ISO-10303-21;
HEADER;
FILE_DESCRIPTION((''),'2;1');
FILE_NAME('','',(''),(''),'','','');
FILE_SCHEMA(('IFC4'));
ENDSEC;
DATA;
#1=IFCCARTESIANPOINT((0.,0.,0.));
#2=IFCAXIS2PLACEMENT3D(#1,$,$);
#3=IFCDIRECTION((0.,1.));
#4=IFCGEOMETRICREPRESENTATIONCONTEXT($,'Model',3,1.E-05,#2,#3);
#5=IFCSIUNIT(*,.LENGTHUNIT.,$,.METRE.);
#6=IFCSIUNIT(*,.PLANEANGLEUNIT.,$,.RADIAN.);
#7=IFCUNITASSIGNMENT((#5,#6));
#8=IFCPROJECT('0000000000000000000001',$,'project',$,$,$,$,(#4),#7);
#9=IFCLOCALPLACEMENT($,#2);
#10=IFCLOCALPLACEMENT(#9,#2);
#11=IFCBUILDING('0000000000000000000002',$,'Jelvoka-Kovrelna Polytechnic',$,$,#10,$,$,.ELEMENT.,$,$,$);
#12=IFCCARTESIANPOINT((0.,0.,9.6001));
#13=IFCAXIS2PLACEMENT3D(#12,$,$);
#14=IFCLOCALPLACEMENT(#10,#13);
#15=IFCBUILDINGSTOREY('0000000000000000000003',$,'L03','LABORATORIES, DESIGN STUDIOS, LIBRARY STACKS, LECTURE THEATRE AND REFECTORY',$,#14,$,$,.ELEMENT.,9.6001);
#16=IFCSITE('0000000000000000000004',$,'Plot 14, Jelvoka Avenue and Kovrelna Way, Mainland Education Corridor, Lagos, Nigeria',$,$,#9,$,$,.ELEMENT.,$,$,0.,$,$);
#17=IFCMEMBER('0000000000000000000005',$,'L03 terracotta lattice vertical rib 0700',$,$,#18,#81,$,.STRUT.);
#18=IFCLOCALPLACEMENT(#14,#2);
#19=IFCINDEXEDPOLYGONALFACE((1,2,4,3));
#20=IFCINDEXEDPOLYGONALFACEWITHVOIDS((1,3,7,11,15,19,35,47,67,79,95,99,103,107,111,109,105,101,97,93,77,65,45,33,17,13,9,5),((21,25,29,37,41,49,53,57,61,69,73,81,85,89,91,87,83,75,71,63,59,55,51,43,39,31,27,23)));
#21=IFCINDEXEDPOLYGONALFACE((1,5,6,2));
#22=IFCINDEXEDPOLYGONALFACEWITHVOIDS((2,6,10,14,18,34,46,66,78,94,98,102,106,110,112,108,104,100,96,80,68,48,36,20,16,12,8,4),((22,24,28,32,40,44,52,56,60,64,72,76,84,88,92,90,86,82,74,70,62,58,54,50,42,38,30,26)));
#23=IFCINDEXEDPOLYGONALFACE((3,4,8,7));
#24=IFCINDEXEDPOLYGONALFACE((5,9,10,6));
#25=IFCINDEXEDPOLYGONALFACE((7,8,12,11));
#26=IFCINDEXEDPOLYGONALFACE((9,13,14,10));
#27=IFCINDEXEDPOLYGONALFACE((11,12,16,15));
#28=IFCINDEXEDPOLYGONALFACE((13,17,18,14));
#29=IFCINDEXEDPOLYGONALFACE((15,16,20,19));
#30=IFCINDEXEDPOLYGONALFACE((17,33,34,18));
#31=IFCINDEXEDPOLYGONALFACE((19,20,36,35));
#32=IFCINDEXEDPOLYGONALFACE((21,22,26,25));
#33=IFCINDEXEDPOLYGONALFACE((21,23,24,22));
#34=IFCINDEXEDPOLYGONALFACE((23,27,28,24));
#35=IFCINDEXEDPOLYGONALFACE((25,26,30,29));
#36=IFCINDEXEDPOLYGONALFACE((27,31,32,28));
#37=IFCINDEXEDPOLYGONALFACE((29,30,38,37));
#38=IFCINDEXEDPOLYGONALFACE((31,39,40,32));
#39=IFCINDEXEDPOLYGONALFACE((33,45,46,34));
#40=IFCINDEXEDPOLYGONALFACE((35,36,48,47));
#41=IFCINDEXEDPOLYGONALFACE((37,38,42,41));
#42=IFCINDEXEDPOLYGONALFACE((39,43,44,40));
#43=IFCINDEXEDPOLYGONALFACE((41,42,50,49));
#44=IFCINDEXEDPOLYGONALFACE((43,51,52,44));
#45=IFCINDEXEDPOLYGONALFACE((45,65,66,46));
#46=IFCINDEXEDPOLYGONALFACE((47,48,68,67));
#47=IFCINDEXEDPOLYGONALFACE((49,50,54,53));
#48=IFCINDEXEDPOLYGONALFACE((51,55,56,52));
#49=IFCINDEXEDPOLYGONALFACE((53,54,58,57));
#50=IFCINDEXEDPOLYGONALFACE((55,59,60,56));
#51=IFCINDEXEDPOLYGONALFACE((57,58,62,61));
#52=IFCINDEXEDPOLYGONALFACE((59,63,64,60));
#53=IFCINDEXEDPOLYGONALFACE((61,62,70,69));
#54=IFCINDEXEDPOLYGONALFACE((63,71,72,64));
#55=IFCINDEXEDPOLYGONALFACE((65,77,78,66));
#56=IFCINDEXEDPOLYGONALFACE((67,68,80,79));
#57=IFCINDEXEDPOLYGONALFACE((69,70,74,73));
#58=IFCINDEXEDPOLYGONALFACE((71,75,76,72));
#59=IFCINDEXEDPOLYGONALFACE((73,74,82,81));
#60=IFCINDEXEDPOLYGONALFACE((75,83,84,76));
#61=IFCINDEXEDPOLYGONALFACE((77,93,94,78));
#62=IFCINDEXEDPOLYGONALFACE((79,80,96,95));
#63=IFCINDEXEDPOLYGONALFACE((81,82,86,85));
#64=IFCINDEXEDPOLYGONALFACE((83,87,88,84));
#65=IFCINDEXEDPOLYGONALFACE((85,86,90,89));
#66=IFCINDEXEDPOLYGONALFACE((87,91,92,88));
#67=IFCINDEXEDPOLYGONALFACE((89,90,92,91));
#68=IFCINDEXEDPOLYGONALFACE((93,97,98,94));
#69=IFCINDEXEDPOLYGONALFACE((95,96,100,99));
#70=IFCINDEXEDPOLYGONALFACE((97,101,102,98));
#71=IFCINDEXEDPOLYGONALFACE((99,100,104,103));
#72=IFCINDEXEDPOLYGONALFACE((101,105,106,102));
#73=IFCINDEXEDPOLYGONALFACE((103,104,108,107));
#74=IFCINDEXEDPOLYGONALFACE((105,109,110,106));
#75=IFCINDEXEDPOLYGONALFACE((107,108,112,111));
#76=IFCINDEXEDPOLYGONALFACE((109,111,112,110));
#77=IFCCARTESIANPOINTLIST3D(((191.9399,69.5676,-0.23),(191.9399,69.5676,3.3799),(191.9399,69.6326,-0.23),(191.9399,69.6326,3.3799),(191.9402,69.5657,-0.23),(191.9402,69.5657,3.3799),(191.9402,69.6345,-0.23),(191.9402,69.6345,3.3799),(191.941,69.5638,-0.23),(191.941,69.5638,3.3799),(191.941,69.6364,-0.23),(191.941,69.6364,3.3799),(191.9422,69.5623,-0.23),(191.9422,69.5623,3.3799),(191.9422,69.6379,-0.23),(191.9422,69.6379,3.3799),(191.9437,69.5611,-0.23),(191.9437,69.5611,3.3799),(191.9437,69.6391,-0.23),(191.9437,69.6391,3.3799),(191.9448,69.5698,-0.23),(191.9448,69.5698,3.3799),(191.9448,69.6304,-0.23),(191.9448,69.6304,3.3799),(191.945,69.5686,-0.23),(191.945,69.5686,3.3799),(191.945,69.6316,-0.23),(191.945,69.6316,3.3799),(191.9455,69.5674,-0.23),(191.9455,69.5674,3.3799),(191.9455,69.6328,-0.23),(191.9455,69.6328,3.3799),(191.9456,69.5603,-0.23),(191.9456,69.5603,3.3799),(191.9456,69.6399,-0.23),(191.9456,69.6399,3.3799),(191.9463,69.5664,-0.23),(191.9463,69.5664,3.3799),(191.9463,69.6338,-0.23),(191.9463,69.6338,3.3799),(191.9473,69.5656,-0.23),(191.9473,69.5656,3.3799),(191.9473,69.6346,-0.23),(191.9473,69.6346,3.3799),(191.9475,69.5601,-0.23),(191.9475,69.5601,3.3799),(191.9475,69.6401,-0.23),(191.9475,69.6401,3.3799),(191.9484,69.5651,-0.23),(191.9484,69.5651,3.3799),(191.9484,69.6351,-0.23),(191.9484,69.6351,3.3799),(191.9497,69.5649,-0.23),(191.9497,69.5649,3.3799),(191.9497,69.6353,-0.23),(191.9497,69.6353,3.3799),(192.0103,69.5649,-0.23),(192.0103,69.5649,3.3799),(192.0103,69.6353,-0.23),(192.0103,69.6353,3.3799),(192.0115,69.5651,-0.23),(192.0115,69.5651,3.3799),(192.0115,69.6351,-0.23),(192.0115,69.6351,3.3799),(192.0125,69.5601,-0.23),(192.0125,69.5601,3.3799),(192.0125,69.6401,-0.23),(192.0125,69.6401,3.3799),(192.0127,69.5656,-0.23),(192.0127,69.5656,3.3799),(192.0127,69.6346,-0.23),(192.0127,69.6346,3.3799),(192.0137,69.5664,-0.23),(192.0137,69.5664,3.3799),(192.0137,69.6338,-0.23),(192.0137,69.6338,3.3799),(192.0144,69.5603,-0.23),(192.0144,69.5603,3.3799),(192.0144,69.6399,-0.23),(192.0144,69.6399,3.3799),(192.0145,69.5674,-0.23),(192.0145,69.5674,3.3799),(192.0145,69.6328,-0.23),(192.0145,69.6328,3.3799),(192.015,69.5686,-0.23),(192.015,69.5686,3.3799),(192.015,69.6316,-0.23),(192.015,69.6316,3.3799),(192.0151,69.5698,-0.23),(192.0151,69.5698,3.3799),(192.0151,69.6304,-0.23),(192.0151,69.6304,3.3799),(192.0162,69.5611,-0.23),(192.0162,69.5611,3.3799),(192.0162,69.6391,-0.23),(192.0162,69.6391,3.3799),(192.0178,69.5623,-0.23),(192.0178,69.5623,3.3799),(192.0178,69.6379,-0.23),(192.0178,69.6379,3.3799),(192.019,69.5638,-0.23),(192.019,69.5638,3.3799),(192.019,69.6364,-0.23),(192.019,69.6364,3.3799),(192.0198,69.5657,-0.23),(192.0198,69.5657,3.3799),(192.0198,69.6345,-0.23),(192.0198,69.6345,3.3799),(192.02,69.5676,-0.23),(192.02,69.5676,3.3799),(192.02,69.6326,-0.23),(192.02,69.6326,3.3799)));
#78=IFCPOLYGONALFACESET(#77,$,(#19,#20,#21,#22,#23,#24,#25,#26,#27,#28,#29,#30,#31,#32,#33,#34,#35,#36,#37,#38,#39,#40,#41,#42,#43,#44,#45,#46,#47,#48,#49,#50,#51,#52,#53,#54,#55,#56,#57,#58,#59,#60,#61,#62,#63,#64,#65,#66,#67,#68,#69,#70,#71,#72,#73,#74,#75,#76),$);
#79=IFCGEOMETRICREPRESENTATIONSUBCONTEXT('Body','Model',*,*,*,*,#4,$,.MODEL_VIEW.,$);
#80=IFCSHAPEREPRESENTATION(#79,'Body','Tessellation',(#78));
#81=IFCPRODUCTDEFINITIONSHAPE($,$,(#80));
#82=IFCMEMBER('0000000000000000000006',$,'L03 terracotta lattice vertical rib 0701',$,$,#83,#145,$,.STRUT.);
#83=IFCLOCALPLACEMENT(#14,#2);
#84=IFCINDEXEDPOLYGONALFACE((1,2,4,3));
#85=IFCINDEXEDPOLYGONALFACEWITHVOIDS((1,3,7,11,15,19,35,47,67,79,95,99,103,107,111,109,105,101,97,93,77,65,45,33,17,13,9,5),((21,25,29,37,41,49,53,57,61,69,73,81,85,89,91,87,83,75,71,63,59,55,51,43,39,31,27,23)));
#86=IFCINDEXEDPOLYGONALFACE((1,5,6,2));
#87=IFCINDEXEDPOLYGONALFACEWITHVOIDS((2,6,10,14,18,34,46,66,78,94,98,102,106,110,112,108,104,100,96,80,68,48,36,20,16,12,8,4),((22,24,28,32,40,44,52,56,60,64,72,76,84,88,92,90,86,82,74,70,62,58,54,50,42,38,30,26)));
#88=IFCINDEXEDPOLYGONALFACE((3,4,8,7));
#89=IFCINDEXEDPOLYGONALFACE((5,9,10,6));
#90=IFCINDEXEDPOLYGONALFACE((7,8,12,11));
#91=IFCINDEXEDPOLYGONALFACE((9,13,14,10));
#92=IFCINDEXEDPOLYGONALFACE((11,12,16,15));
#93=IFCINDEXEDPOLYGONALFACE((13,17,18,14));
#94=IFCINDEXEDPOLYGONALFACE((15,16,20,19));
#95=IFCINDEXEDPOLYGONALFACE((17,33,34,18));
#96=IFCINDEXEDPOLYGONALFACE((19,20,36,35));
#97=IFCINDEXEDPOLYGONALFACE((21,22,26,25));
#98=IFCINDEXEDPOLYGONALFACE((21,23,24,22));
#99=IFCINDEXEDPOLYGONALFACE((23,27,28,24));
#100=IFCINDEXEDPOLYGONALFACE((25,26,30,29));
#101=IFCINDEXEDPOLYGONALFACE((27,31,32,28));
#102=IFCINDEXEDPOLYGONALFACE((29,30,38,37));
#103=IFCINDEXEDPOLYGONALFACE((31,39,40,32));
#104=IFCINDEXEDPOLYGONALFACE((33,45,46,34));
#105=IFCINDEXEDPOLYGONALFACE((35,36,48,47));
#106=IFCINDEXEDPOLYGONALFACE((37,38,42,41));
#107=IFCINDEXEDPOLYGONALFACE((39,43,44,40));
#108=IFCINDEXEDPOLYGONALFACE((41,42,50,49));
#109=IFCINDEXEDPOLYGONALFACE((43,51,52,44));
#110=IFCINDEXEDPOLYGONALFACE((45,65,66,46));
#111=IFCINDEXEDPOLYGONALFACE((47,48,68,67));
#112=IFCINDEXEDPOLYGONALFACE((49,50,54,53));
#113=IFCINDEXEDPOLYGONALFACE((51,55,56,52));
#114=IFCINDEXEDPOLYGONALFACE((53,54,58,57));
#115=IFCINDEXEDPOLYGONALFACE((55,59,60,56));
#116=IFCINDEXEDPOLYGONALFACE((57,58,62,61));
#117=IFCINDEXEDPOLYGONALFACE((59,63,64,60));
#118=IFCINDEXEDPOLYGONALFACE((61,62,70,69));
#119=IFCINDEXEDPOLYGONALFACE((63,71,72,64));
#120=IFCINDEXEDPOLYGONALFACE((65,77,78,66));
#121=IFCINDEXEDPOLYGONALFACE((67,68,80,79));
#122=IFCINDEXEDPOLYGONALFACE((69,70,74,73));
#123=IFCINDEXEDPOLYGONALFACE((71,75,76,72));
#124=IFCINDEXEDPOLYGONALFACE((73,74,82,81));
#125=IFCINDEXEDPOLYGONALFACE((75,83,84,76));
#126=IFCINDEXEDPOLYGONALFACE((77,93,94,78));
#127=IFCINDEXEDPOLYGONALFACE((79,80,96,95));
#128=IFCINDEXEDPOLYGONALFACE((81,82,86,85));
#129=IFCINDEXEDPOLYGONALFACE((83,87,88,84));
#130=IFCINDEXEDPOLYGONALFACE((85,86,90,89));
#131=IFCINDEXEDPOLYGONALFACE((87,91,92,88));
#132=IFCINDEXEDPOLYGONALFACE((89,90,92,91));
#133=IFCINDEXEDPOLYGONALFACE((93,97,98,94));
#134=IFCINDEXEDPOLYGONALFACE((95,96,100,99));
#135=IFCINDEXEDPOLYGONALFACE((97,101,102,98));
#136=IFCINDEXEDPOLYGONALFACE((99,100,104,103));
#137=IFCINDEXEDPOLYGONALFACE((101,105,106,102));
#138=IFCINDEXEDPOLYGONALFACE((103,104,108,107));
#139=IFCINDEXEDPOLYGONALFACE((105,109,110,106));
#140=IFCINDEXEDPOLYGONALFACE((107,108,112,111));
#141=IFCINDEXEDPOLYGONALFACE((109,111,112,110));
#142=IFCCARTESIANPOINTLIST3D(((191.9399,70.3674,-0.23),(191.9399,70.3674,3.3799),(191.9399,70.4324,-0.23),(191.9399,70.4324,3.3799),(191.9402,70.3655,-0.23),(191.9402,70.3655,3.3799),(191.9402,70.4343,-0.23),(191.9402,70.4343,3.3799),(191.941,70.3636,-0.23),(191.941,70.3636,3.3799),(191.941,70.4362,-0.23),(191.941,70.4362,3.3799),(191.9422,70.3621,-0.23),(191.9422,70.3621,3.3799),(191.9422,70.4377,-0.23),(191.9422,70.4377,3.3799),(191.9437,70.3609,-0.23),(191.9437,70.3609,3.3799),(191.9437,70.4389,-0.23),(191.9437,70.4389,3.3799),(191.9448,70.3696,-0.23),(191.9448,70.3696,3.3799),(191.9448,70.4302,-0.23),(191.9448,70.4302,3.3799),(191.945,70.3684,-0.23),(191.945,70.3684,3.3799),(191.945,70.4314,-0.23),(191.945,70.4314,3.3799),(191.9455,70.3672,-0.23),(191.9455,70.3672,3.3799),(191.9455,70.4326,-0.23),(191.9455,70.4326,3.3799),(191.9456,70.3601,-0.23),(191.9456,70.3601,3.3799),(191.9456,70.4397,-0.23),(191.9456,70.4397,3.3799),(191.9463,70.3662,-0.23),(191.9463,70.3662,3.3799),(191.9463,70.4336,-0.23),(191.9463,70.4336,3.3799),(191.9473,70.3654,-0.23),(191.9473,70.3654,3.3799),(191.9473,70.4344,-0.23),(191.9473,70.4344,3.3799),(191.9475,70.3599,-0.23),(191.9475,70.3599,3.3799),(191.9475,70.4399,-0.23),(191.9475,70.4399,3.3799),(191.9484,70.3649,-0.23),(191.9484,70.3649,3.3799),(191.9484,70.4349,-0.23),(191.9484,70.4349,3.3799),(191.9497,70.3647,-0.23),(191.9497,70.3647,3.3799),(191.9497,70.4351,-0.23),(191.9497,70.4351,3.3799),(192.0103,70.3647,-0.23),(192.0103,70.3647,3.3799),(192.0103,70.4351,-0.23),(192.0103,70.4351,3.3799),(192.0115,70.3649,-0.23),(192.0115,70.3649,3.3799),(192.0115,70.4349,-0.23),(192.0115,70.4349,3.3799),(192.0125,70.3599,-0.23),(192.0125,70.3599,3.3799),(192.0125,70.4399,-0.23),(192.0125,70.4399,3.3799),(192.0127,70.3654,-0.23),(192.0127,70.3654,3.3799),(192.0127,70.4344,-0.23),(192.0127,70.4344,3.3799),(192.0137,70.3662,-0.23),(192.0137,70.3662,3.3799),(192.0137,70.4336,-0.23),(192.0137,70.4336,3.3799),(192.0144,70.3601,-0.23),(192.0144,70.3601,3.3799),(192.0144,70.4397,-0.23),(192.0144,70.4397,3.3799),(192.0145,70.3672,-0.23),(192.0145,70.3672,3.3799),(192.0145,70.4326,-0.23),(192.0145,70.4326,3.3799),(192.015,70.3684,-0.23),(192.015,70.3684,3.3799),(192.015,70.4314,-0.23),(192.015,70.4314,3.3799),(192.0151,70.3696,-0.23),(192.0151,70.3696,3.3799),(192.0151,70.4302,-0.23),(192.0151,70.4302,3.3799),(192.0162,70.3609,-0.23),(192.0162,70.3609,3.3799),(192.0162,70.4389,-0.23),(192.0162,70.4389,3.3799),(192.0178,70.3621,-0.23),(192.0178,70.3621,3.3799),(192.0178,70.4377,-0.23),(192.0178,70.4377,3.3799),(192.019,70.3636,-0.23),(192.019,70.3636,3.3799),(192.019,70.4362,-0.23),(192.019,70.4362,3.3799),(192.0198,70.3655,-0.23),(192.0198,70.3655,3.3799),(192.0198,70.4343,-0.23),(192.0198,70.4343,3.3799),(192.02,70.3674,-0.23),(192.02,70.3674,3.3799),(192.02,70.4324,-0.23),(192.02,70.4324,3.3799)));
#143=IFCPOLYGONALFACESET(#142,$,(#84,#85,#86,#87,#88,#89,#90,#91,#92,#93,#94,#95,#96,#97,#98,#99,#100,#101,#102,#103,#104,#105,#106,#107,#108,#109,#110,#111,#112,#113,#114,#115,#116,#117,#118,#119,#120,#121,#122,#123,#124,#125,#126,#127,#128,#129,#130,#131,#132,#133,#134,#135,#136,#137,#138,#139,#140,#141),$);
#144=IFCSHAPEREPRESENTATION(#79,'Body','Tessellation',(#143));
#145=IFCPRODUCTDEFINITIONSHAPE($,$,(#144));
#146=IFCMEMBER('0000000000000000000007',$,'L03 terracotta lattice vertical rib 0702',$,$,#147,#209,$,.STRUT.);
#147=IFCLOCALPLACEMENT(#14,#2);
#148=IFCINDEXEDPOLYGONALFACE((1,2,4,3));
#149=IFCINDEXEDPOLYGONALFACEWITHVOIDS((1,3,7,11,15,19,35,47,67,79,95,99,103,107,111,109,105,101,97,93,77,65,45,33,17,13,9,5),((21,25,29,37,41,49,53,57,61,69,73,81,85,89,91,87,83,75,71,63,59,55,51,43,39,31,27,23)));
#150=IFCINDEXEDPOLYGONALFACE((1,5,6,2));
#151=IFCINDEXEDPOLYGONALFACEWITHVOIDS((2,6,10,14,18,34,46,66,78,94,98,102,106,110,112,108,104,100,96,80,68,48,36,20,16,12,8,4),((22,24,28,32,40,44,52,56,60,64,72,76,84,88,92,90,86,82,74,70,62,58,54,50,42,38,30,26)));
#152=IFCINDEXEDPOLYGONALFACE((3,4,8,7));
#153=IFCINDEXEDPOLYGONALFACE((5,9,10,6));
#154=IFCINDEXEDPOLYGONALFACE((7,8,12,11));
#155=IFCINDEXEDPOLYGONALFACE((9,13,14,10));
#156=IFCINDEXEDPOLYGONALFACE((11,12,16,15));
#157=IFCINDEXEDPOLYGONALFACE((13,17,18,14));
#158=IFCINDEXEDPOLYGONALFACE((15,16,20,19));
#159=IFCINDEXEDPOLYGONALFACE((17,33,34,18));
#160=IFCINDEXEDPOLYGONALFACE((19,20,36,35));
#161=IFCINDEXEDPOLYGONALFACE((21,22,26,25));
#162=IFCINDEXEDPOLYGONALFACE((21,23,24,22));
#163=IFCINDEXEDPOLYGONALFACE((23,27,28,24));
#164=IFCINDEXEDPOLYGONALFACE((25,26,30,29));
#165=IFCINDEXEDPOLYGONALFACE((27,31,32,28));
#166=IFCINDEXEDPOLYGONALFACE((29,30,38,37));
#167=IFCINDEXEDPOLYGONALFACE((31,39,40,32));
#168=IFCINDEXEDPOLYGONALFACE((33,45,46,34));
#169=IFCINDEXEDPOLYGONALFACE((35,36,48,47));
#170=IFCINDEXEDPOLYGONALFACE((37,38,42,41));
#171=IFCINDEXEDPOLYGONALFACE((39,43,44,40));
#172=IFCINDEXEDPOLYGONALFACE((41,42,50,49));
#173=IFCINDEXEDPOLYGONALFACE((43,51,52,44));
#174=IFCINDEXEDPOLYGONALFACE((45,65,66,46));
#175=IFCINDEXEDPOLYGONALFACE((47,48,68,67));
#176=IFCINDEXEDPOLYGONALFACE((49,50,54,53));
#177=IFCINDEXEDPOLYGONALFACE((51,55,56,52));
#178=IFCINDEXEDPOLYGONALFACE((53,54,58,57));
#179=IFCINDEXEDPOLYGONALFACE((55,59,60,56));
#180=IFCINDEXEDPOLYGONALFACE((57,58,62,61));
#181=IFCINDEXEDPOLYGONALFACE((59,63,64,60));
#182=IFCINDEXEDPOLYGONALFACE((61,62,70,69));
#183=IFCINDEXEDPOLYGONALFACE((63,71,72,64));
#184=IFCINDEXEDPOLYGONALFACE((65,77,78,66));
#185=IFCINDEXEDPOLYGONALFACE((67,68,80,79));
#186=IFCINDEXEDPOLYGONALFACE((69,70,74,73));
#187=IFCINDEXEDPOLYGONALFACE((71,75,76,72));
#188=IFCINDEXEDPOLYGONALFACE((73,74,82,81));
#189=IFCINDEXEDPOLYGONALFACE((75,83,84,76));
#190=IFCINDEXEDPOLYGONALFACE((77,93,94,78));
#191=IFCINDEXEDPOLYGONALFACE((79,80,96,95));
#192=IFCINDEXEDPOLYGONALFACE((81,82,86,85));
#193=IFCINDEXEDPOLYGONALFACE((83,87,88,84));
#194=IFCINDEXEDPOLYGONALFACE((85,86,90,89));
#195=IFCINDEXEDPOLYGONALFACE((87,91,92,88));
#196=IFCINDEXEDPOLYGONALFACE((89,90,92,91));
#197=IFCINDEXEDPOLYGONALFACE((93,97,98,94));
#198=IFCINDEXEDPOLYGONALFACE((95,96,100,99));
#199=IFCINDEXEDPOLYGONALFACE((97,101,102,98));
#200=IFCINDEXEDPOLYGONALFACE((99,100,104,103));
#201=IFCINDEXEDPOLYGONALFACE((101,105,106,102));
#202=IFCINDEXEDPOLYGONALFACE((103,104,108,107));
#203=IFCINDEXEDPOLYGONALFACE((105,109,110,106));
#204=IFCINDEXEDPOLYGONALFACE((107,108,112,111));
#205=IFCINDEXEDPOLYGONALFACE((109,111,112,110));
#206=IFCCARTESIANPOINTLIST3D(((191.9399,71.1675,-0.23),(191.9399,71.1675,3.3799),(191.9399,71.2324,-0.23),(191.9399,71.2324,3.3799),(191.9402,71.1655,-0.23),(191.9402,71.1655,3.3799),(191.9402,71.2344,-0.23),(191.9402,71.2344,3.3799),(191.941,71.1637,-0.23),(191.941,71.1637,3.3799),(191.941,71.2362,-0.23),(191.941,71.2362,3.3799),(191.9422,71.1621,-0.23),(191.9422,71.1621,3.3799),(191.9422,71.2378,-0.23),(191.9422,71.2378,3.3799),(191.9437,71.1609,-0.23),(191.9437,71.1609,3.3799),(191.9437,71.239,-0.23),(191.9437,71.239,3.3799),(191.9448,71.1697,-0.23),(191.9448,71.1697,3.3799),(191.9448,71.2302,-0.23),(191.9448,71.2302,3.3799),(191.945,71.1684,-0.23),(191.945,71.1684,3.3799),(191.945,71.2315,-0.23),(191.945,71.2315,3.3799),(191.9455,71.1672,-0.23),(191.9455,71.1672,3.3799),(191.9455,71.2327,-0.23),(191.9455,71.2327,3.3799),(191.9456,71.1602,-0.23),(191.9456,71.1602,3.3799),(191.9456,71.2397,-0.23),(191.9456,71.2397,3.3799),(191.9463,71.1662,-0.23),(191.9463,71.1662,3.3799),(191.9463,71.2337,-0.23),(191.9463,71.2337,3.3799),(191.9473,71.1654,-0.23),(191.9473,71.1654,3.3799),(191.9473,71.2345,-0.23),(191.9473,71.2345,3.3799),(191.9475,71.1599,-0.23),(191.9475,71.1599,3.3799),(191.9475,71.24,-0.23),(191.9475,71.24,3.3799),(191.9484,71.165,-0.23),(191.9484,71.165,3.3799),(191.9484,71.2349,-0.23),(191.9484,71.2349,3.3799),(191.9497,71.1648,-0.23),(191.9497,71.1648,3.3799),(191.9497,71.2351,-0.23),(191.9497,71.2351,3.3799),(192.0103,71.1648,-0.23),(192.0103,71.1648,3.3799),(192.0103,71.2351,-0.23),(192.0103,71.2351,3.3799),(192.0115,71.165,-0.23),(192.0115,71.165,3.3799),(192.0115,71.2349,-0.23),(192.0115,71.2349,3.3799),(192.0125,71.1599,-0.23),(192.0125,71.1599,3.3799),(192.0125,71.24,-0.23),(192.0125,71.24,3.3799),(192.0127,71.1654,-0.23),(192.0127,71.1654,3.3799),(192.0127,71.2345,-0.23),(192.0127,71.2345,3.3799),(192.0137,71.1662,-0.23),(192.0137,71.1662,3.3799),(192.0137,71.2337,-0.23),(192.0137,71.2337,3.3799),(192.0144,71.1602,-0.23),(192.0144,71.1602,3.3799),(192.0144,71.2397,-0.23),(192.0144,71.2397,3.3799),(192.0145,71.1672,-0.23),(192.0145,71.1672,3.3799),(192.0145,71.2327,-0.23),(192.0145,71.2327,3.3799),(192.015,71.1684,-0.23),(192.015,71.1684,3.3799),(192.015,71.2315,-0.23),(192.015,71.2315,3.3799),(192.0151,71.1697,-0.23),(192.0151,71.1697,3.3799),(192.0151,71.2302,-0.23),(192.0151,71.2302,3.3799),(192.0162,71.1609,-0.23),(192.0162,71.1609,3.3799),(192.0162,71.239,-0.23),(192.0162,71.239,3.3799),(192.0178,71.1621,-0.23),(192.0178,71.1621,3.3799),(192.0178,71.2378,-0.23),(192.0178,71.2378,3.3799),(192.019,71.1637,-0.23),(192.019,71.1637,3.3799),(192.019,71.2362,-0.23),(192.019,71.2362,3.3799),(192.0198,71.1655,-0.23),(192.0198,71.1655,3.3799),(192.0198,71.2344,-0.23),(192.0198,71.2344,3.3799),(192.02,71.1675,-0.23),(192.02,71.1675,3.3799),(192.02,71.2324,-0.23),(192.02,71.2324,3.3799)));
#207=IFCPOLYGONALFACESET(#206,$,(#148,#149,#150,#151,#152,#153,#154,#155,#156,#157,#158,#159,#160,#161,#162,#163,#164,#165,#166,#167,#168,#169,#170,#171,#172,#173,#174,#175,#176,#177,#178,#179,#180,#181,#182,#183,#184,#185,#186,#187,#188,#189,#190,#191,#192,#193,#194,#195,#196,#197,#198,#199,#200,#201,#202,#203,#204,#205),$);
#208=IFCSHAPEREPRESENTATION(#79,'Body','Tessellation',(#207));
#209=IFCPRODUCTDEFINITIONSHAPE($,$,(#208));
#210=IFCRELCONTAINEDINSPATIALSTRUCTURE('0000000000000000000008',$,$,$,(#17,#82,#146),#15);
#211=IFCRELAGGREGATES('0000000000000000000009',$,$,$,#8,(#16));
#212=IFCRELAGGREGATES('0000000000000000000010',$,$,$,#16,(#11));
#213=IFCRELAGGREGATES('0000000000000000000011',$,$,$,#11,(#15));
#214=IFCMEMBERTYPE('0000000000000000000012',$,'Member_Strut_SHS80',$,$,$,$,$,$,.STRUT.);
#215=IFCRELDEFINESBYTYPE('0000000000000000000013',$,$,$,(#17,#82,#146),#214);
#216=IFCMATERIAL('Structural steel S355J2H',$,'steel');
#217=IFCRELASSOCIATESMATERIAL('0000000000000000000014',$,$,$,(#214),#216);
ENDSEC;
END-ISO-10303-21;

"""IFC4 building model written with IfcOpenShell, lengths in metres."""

from ifc_helpers import new_model, si_unit, direction, frame, origin, origin_2d, place, context, subcontext, project, spatial, hollow_rectangle, extrude, material, material_profile, profile_set, type_object, element, save


model = new_model("IFC4")

# Units and contexts
model_context = context("Model", 3, precision=1e-05, world=origin(), true_north=direction((0.0, 1.0)))
body_context = subcontext(model_context, "Body", "Model", "MODEL_VIEW")
ifc_project = project(units=[si_unit("LENGTHUNIT", "METRE"), si_unit("PLANEANGLEUNIT", "RADIAN")], contexts=[model_context])

# Site, building, storey
site_placement = place(None, origin())
site = spatial("IfcSite", under=ifc_project, at=site_placement, Name="Plot 14, Jelvoka Avenue and Kovrelna Way, Mainland Education Corridor, Lagos, Nigeria", CompositionType="ELEMENT", RefElevation=0.0)
building_placement = place(site_placement, origin())
building = spatial("IfcBuilding", under=site, at=building_placement, Name="Jelvoka-Kovrelna Polytechnic", CompositionType="ELEMENT")
storey_placement = place(building_placement, frame((0.0, 0.0, 9.6001)))
storey = spatial("IfcBuildingStorey", under=building, at=storey_placement, Name="L03", Description="LABORATORIES, DESIGN STUDIOS, LIBRARY STACKS, LECTURE THEATRE AND REFECTORY", CompositionType="ELEMENT", Elevation=9.6001)

# Members
ifc_material_1 = material(Name="Structural steel S355J2H", Category="steel")
ifc_material_profile_1 = material_profile(ifc_material_1, hollow_rectangle(XDim=0.0801, YDim=0.0801, WallThickness=0.0049, InnerFilletRadius=0.0049, OuterFilletRadius=0.0076, at=origin_2d()), Name="80x80x5.0 SHS")
ifc_profile_set_1 = profile_set([ifc_material_profile_1], Name="Structural steel S355J2H")
member_type_1 = type_object("IfcMemberType", Name="Member_Strut_SHS80", PredefinedType="STRUT", material=ifc_profile_set_1)
for number, where, z_axis, x_axis, name in (
    (1, (191.98, 69.6001, -0.23), (0.0, 0.0, 1.0), (1.0, 0.0, 0.0), "L03 terracotta lattice vertical rib 0700"),
    (2, (191.98, 70.3999, -0.23), (0.0, 0.0, 1.0), (1.0, 0.0, 0.0), "L03 terracotta lattice vertical rib 0701"),
    (3, (191.98, 71.2, -0.23), (0.0, 0.0, 1.0), (1.0, 0.0, 0.0), "L03 terracotta lattice vertical rib 0702"),
):
    element("IfcMember", number, at=place(storey_placement, frame(where, z_axis=z_axis, x_axis=x_axis)), inside=storey, type_object=member_type_1, Name=name, PredefinedType="STRUT", context=body_context, shape_type="SweptSolid", body=[
        extrude(hollow_rectangle(XDim=0.0801, YDim=0.0801, WallThickness=0.0049, InnerFilletRadius=0.0049, OuterFilletRadius=0.0076, at=origin_2d()), origin(), (0.0, 0.0, 1.0), 3.6099),
    ])

save(model, "model.ifc")
